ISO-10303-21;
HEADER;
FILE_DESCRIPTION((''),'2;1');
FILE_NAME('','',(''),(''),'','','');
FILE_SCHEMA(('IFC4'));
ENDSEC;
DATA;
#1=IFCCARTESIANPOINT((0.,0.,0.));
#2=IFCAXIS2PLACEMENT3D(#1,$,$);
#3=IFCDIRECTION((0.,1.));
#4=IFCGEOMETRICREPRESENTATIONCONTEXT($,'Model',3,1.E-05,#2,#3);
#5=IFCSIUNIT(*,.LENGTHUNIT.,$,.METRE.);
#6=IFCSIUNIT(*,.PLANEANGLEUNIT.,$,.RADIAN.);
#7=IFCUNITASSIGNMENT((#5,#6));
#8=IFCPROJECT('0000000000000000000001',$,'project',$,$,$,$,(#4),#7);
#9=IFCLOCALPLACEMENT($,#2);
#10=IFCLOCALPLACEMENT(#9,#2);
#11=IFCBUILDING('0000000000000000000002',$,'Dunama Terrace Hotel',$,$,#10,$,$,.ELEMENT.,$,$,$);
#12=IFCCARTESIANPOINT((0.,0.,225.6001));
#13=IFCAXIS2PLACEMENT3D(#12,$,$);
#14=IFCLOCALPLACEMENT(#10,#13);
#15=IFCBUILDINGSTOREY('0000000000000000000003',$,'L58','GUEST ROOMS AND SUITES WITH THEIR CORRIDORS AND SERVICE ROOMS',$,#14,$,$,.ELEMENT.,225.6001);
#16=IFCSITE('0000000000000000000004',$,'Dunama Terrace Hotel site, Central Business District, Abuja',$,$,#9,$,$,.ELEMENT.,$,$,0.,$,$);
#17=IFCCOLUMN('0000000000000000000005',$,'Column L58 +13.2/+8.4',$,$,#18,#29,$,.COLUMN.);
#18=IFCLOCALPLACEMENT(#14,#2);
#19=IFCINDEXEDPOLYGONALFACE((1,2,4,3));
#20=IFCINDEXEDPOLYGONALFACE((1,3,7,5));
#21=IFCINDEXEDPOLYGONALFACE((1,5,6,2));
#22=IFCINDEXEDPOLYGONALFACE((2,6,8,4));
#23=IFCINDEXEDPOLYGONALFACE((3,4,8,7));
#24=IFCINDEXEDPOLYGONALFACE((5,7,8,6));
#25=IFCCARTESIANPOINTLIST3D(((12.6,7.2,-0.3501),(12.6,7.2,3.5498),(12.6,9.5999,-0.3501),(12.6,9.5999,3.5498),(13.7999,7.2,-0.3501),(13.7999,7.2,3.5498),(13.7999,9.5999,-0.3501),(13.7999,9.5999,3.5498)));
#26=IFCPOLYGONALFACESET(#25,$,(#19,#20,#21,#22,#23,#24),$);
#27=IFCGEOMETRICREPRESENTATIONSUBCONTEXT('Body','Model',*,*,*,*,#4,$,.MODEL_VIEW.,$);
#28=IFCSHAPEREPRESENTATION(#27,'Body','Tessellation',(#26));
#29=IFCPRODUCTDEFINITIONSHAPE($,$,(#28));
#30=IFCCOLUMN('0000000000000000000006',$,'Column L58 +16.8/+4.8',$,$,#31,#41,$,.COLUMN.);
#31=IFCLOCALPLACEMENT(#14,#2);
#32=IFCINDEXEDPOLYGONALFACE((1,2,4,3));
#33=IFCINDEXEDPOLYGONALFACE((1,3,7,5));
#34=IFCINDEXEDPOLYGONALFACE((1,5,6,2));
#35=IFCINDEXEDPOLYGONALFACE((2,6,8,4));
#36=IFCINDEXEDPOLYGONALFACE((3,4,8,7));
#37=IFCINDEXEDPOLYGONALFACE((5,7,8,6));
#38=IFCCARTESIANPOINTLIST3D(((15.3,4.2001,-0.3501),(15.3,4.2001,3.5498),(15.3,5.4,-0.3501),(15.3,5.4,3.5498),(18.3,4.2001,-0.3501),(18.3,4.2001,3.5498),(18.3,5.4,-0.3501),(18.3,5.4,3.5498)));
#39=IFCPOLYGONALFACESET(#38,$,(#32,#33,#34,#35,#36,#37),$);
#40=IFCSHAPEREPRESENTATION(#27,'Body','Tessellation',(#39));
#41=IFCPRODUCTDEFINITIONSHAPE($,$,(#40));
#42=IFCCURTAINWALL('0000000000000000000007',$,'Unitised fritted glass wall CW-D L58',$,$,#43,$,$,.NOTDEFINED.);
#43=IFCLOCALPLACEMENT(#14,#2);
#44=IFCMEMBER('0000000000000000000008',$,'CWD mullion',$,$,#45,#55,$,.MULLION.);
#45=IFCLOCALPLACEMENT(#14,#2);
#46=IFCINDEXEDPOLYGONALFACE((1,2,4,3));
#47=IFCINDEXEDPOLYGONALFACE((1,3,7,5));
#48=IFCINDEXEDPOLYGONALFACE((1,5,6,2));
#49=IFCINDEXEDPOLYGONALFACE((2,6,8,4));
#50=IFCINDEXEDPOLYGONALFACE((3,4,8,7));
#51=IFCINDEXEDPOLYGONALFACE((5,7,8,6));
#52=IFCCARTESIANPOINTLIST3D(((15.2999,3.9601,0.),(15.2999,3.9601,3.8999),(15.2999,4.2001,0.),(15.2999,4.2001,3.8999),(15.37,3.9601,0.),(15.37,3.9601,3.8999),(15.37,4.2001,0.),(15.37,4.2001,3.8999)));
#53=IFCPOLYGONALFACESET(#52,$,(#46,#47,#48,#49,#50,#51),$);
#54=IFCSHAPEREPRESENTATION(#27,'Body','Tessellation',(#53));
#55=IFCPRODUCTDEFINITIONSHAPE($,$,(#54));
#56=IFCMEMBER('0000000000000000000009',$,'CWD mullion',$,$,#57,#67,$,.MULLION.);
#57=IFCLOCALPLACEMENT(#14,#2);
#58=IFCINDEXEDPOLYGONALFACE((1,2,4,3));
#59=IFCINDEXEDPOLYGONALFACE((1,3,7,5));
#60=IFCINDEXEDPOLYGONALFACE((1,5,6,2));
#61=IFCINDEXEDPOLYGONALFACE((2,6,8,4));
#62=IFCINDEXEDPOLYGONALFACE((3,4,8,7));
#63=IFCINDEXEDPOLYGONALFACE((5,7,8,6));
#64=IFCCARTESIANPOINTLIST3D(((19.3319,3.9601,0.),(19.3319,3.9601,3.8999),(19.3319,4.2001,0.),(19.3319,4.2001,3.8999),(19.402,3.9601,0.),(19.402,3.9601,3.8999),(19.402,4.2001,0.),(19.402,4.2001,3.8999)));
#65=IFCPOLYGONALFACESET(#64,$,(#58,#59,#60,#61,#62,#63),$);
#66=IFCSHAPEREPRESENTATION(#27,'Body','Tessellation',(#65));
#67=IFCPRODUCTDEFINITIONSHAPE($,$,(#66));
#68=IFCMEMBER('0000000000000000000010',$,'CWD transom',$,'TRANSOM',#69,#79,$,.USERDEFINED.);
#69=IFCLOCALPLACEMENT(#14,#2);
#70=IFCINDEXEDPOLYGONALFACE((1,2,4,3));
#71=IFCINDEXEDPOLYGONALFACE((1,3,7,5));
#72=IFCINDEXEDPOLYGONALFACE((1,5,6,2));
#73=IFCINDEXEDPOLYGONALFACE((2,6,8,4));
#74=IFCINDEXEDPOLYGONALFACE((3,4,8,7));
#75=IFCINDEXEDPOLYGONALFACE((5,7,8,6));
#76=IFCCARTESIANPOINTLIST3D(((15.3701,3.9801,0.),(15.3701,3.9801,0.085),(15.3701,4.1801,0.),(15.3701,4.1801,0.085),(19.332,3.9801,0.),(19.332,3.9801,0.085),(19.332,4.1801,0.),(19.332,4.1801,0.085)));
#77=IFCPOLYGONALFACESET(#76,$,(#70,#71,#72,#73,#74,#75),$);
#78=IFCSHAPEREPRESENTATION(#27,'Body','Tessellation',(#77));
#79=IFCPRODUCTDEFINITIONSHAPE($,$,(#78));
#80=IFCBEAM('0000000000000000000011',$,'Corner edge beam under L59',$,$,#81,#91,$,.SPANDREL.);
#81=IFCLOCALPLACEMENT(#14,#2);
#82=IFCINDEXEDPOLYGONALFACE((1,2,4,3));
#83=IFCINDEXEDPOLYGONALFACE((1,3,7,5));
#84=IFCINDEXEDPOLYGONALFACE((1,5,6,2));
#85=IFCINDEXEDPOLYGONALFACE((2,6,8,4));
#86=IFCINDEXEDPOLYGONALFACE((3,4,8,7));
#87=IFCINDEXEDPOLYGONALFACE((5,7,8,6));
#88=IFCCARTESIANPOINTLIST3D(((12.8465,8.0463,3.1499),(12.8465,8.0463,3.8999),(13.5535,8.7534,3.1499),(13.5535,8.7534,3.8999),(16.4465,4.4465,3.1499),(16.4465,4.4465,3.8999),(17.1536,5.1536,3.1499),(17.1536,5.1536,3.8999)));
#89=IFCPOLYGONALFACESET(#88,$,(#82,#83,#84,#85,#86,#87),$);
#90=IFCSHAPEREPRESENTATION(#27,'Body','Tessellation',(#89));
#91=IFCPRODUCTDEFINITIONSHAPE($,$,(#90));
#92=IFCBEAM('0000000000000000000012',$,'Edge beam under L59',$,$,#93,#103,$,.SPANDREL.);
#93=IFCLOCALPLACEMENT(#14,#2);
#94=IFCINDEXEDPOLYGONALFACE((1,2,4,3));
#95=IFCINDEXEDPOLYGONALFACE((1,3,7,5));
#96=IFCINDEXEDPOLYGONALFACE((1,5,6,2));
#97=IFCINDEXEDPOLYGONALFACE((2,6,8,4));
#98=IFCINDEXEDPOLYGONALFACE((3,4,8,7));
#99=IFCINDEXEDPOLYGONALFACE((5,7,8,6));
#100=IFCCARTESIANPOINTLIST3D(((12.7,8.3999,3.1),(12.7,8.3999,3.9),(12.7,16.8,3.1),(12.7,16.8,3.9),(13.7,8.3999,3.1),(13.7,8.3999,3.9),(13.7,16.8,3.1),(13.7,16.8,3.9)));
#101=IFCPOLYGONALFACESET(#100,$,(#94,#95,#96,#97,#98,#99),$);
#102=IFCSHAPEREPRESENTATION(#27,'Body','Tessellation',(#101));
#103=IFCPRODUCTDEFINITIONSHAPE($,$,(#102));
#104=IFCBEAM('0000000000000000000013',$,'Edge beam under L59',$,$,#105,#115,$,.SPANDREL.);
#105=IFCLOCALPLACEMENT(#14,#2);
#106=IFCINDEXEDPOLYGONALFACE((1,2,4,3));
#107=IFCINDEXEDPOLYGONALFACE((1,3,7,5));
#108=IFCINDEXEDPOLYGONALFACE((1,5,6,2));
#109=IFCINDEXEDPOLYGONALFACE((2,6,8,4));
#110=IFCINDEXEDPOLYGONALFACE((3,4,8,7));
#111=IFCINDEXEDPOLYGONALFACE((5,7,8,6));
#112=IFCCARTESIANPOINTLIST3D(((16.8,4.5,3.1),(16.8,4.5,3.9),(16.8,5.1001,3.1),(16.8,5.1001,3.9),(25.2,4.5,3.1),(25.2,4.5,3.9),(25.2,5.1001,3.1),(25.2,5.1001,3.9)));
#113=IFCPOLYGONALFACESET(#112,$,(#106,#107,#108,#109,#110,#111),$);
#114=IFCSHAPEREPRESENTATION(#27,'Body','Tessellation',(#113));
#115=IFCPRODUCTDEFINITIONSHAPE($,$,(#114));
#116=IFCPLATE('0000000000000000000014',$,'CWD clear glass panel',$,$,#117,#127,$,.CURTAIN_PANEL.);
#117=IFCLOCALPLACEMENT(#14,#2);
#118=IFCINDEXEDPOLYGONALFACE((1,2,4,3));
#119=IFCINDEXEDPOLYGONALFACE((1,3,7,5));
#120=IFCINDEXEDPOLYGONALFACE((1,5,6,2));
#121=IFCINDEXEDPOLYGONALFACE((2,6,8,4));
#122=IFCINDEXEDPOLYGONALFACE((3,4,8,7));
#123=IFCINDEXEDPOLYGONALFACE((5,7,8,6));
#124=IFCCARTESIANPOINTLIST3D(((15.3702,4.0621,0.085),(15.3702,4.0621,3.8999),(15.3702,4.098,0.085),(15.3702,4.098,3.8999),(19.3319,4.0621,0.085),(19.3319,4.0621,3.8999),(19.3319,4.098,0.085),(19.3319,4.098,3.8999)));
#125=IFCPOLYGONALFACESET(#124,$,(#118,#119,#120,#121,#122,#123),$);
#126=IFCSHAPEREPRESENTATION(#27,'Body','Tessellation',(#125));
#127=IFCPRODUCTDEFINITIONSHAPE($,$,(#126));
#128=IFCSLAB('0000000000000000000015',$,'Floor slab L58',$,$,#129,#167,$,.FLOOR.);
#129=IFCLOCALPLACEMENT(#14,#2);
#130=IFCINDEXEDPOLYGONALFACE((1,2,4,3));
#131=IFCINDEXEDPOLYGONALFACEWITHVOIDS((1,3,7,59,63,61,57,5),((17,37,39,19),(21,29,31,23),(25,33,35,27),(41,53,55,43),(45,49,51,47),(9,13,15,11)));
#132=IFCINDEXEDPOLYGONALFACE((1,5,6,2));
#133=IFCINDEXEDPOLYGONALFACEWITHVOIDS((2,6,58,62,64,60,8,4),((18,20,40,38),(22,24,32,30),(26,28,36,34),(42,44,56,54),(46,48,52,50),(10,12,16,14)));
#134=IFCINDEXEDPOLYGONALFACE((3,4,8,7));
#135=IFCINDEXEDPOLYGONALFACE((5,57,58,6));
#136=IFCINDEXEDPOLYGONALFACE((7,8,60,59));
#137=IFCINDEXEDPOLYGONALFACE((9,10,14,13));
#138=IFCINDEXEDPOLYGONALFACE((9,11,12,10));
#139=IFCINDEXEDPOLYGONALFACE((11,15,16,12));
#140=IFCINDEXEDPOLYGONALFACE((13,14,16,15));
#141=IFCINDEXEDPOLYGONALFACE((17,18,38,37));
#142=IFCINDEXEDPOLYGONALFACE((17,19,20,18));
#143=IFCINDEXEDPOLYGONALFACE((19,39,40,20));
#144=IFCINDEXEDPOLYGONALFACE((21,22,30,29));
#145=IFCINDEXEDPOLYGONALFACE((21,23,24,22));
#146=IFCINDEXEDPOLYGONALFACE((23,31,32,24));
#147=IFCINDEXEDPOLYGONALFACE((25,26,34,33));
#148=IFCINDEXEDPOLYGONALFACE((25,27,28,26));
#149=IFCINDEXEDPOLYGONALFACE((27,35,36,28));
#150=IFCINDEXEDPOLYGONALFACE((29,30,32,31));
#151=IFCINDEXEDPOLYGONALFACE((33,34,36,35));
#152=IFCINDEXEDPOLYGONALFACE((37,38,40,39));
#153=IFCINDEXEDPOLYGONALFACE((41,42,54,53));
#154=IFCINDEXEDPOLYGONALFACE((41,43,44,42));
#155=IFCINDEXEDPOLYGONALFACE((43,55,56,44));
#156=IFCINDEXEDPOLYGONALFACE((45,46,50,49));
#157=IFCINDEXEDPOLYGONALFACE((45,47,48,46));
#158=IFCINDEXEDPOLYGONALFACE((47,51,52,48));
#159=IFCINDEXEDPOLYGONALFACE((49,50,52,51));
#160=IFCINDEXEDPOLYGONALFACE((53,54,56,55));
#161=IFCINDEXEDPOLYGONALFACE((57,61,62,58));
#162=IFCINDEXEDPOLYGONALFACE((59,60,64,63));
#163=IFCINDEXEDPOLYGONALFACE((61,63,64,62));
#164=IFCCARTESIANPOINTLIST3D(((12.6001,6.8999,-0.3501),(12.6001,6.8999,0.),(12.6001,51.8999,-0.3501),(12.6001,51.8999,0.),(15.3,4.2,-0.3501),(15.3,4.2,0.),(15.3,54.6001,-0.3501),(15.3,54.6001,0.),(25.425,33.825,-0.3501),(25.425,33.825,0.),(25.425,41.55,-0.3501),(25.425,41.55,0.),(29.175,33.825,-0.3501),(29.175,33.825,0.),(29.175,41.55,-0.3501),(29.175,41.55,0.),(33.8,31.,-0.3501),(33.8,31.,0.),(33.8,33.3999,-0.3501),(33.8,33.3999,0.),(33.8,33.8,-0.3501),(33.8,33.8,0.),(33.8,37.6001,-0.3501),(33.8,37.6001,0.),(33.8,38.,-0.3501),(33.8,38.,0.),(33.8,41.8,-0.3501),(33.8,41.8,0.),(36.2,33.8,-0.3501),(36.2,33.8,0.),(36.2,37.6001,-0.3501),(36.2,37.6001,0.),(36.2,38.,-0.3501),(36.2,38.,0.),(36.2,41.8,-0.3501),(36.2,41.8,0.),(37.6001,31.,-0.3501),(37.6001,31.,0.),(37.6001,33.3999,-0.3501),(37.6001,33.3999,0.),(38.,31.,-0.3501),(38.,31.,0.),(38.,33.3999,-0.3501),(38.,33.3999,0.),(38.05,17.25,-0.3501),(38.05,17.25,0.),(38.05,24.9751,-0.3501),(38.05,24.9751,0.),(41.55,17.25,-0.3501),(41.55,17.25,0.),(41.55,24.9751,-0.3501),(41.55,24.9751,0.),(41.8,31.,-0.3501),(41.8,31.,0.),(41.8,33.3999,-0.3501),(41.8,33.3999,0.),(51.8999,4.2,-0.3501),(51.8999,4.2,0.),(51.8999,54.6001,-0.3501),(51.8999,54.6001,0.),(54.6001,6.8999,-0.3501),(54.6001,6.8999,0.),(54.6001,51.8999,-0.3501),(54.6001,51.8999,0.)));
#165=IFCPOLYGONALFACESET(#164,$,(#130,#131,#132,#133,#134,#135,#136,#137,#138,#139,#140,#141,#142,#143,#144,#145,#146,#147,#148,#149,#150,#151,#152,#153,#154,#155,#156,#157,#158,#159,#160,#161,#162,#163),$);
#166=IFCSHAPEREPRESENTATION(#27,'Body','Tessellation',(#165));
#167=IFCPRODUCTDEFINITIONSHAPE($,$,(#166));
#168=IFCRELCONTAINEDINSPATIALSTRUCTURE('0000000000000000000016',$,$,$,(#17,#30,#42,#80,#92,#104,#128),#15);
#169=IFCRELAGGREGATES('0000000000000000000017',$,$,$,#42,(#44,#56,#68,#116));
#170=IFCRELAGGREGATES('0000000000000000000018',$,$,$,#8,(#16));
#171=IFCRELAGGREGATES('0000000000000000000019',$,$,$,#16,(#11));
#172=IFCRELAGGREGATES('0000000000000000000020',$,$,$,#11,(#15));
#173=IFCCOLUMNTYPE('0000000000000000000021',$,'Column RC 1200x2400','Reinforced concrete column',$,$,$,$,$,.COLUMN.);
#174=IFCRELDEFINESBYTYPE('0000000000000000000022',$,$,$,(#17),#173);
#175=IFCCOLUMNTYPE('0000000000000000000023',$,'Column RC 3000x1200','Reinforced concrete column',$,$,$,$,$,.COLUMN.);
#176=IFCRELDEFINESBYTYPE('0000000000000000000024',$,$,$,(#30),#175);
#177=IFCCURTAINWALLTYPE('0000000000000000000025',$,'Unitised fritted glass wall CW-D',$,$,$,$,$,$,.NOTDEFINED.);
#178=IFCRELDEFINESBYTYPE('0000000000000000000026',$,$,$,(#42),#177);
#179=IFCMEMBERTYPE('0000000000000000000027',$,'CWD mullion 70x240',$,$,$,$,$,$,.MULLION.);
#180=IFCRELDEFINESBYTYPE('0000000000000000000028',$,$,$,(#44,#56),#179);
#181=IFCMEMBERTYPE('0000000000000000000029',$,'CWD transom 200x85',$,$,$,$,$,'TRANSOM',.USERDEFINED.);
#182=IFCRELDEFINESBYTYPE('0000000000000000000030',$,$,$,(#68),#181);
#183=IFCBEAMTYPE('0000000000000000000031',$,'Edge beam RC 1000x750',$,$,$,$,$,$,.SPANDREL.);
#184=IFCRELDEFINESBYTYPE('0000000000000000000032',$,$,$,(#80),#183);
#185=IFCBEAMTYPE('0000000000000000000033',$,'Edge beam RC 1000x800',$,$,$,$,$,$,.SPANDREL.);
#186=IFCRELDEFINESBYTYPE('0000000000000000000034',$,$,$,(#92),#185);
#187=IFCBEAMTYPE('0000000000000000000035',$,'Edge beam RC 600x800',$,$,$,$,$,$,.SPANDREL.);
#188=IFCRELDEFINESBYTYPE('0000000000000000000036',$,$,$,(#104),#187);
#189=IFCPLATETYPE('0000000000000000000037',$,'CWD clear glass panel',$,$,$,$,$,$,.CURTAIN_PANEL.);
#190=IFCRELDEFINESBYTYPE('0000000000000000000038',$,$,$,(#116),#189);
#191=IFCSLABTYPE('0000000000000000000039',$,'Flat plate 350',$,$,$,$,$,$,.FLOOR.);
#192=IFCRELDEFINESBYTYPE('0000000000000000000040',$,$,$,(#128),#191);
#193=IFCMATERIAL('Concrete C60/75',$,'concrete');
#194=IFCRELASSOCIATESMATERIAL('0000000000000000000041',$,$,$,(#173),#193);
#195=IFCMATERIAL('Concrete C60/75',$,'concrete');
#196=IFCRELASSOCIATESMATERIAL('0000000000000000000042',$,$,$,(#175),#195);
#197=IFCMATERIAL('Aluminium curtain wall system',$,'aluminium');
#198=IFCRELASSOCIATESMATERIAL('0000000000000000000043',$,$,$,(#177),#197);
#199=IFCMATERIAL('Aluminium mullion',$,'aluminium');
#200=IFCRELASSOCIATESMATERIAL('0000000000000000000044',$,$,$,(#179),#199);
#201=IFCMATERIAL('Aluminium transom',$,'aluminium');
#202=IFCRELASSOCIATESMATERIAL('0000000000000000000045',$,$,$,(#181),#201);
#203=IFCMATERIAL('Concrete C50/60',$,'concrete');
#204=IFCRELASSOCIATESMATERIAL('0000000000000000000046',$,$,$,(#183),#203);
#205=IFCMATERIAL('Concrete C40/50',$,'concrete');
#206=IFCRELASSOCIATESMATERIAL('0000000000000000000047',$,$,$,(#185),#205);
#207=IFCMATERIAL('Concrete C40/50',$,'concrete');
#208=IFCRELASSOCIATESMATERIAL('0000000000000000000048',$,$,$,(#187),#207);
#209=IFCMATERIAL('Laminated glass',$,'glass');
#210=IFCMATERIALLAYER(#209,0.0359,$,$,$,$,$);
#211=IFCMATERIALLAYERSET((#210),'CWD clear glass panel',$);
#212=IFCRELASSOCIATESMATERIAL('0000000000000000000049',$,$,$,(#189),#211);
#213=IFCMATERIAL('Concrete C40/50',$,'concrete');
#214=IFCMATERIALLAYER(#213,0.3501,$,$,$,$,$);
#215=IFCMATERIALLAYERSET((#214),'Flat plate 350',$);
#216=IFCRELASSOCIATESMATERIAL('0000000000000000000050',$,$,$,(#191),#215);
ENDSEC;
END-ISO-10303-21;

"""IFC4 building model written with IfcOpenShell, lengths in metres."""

from ifc_helpers import new_model, si_unit, direction, frame, origin, origin_2d, place, context, subcontext, project, spatial, polyline, rectangle, outline, extrude, material, layer, layer_set, material_profile, profile_set, type_object, element, aggregate, save


model = new_model("IFC4")

# Units and contexts
model_context = context("Model", 3, precision=1e-05, world=origin(), true_north=direction((0.0, 1.0)))
body_context = subcontext(model_context, "Body", "Model", "MODEL_VIEW")
ifc_project = project(units=[si_unit("LENGTHUNIT", "METRE"), si_unit("PLANEANGLEUNIT", "RADIAN")], contexts=[model_context])

# Site, building, storey
site_placement = place(None, origin())
site = spatial("IfcSite", under=ifc_project, at=site_placement, Name="Dunama Terrace Hotel site, Central Business District, Abuja", CompositionType="ELEMENT", RefElevation=0.0)
building_placement = place(site_placement, origin())
building = spatial("IfcBuilding", under=site, at=building_placement, Name="Dunama Terrace Hotel", CompositionType="ELEMENT")
storey_placement = place(building_placement, frame((0.0, 0.0, 225.6001)))
storey = spatial("IfcBuildingStorey", under=building, at=storey_placement, Name="L58", Description="GUEST ROOMS AND SUITES WITH THEIR CORRIDORS AND SERVICE ROOMS", CompositionType="ELEMENT", Elevation=225.6001)

# Columns
ifc_material_1 = material(Name="Concrete C60/75", Category="concrete")
ifc_material_profile_1 = material_profile(ifc_material_1, rectangle(XDim=1.2, YDim=2.3999, at=origin_2d()), Name="RC 1200x2400")
ifc_profile_set_1 = profile_set([ifc_material_profile_1], Name="Concrete C60/75")
column_type_1 = type_object("IfcColumnType", Name="Column RC 1200x2400", Description="Reinforced concrete column", PredefinedType="COLUMN", material=ifc_profile_set_1)
column_1_placement = place(storey_placement, frame((13.2, 8.3999, -0.3501), z_axis=(0.0, 0.0, 1.0), x_axis=(1.0, 0.0, 0.0)))
element("IfcColumn", 1, at=column_1_placement, inside=storey, type_object=column_type_1, Name="Column L58 +13.2/+8.4", PredefinedType="COLUMN", context=body_context, shape_type="SweptSolid", body=[
    extrude(rectangle(XDim=1.2, YDim=2.3999, at=origin_2d()), origin(), (0.0, 0.0, 1.0), 3.8999),
])
ifc_material_2 = material(Name="Concrete C60/75", Category="concrete")
ifc_material_profile_2 = material_profile(ifc_material_2, rectangle(XDim=3.0, YDim=1.2, at=origin_2d()), Name="RC 3000x1200")
ifc_profile_set_2 = profile_set([ifc_material_profile_2], Name="Concrete C60/75")
column_type_2 = type_object("IfcColumnType", Name="Column RC 3000x1200", Description="Reinforced concrete column", PredefinedType="COLUMN", material=ifc_profile_set_2)
column_2_placement = place(storey_placement, frame((16.8, 4.8, -0.3501), z_axis=(0.0, 0.0, 1.0), x_axis=(1.0, 0.0, 0.0)))
element("IfcColumn", 2, at=column_2_placement, inside=storey, type_object=column_type_2, Name="Column L58 +16.8/+4.8", PredefinedType="COLUMN", context=body_context, shape_type="SweptSolid", body=[
    extrude(rectangle(XDim=3.0, YDim=1.2, at=origin_2d()), origin(), (0.0, 0.0, 1.0), 3.8999),
])

# Curtain wall, members
ifc_material_3 = material(Name="Aluminium curtain wall system", Category="aluminium")
curtain_wall_type = type_object("IfcCurtainWallType", Name="Unitised fritted glass wall CW-D", PredefinedType="NOTDEFINED", material=ifc_material_3)
curtain_wall_placement = place(storey_placement, origin())
curtain_wall = element("IfcCurtainWall", 3, at=curtain_wall_placement, inside=storey, type_object=curtain_wall_type, Name="Unitised fritted glass wall CW-D L58", PredefinedType="NOTDEFINED")
ifc_material_4 = material(Name="Aluminium mullion", Category="aluminium")
ifc_material_profile_3 = material_profile(ifc_material_4, rectangle(XDim=0.0701, YDim=0.24, at=origin_2d()), Name="CWD MULLION 70X240")
ifc_profile_set_3 = profile_set([ifc_material_profile_3], Name="Aluminium mullion")
member_type_1 = type_object("IfcMemberType", Name="CWD mullion 70x240", PredefinedType="MULLION", material=ifc_profile_set_3)
member_1_placement = place(storey_placement, frame((15.335, 4.0801, 0.0), z_axis=(0.0, 0.0, 1.0), x_axis=(1.0, 0.0, 0.0)))
member_1 = element("IfcMember", 4, at=member_1_placement, type_object=member_type_1, Name="CWD mullion", PredefinedType="MULLION", context=body_context, shape_type="SweptSolid", body=[
    extrude(rectangle(XDim=0.0701, YDim=0.24, at=origin_2d()), origin(), (0.0, 0.0, 1.0), 3.8999),
])
member_2_placement = place(storey_placement, frame((19.3669, 4.0801, 0.0), z_axis=(0.0, 0.0, 1.0), x_axis=(1.0, 0.0, 0.0)))
member_2 = element("IfcMember", 5, at=member_2_placement, type_object=member_type_1, Name="CWD mullion", PredefinedType="MULLION", context=body_context, shape_type="SweptSolid", body=[
    extrude(rectangle(XDim=0.0701, YDim=0.24, at=origin_2d()), origin(), (0.0, 0.0, 1.0), 3.8999),
])
ifc_material_5 = material(Name="Aluminium transom", Category="aluminium")
ifc_material_profile_4 = material_profile(ifc_material_5, rectangle(XDim=0.2, YDim=0.085, at=origin_2d()), Name="CWD TRANSOM 200X85")
ifc_profile_set_4 = profile_set([ifc_material_profile_4], Name="Aluminium transom")
member_type_2 = type_object("IfcMemberType", Name="CWD transom 200x85", ElementType="TRANSOM", PredefinedType="USERDEFINED", material=ifc_profile_set_4)
member_3_placement = place(storey_placement, frame((15.3701, 4.0801, 0.0425), z_axis=(1.0, 0.0, 0.0), x_axis=(0.0, 1.0, 0.0)))
member_3 = element("IfcMember", 6, at=member_3_placement, type_object=member_type_2, Name="CWD transom", ObjectType="TRANSOM", PredefinedType="USERDEFINED", context=body_context, shape_type="SweptSolid", body=[
    extrude(rectangle(XDim=0.2, YDim=0.085, at=origin_2d()), origin(), (0.0, 0.0, 1.0), 3.9619),
])

# Beams
ifc_material_6 = material(Name="Concrete C50/60", Category="concrete")
ifc_material_profile_5 = material_profile(ifc_material_6, rectangle(XDim=1.0, YDim=0.75, at=origin_2d()), Name="RC 1000x750")
ifc_profile_set_5 = profile_set([ifc_material_profile_5], Name="Concrete C50/60")
beam_type_1 = type_object("IfcBeamType", Name="Edge beam RC 1000x750", PredefinedType="SPANDREL", material=ifc_profile_set_5)
beam_1_placement = place(storey_placement, frame((16.8, 4.8, 3.5249), z_axis=(-0.707131, 0.707083, 0.0), x_axis=(-0.707083, -0.707131, 0.0)))
element("IfcBeam", 7, at=beam_1_placement, inside=storey, type_object=beam_type_1, Name="Corner edge beam under L59", PredefinedType="SPANDREL", context=body_context, shape_type="SweptSolid", body=[
    extrude(rectangle(XDim=1.0, YDim=0.75, at=origin_2d()), origin(), (0.0, 0.0, 1.0), 5.0911),
])
ifc_material_7 = material(Name="Concrete C40/50", Category="concrete")
ifc_material_profile_6 = material_profile(ifc_material_7, rectangle(XDim=1.0, YDim=0.8, at=origin_2d()), Name="RC 1000x800")
ifc_profile_set_6 = profile_set([ifc_material_profile_6], Name="Concrete C40/50")
beam_type_2 = type_object("IfcBeamType", Name="Edge beam RC 1000x800", PredefinedType="SPANDREL", material=ifc_profile_set_6)
beam_2_placement = place(storey_placement, frame((13.2, 8.3999, 3.5), z_axis=(0.0, 1.0, 0.0), x_axis=(-1.0, 0.0, 0.0)))
element("IfcBeam", 8, at=beam_2_placement, inside=storey, type_object=beam_type_2, Name="Edge beam under L59", PredefinedType="SPANDREL", context=body_context, shape_type="SweptSolid", body=[
    extrude(rectangle(XDim=1.0, YDim=0.8, at=origin_2d()), origin(), (0.0, 0.0, 1.0), 8.4001),
])
ifc_material_8 = material(Name="Concrete C40/50", Category="concrete")
ifc_material_profile_7 = material_profile(ifc_material_8, rectangle(XDim=0.6001, YDim=0.8, at=origin_2d()), Name="RC 600x800")
ifc_profile_set_7 = profile_set([ifc_material_profile_7], Name="Concrete C40/50")
beam_type_3 = type_object("IfcBeamType", Name="Edge beam RC 600x800", PredefinedType="SPANDREL", material=ifc_profile_set_7)
beam_3_placement = place(storey_placement, frame((16.8, 4.8, 3.5), z_axis=(1.0, 0.0, 0.0), x_axis=(0.0, 1.0, 0.0)))
element("IfcBeam", 9, at=beam_3_placement, inside=storey, type_object=beam_type_3, Name="Edge beam under L59", PredefinedType="SPANDREL", context=body_context, shape_type="SweptSolid", body=[
    extrude(rectangle(XDim=0.6001, YDim=0.8, at=origin_2d()), origin(), (0.0, 0.0, 1.0), 8.3999),
])

# Plate
ifc_material_9 = material(Name="Laminated glass", Category="glass")
ifc_layer_1 = layer(ifc_material_9, 0.0359)
ifc_layer_set_1 = layer_set([ifc_layer_1], Name="CWD clear glass panel")
plate_type = type_object("IfcPlateType", Name="CWD clear glass panel", PredefinedType="CURTAIN_PANEL", material=ifc_layer_set_1)
plate_placement = place(storey_placement, frame((17.3511, 4.0801, 0.085), z_axis=(0.0, 0.0, 1.0), x_axis=(1.0, 0.0, 0.0)))
plate = element("IfcPlate", 10, at=plate_placement, type_object=plate_type, Name="CWD clear glass panel", PredefinedType="CURTAIN_PANEL", context=body_context, shape_type="SweptSolid", body=[
    extrude(rectangle(XDim=3.9617, YDim=0.0359, at=origin_2d()), origin(), (0.0, 0.0, 1.0), 3.8149),
])
aggregate(curtain_wall, [member_1, member_2, member_3, plate])

# Slab
ifc_material_10 = material(Name="Concrete C40/50", Category="concrete")
ifc_layer_2 = layer(ifc_material_10, 0.3501)
ifc_layer_set_2 = layer_set([ifc_layer_2], Name="Flat plate 350")
slab_type_1 = type_object("IfcSlabType", Name="Flat plate 350", PredefinedType="FLOOR", material=ifc_layer_set_2)
slab_1_placement = place(storey_placement, frame((0.0, 0.0, -0.3501)))
element("IfcSlab", 11, at=slab_1_placement, inside=storey, type_object=slab_type_1, Name="Floor slab L58", PredefinedType="FLOOR", context=body_context, shape_type="SweptSolid", body=[
    extrude(outline(polyline([(15.3, 4.2), (51.8999, 4.2), (54.6001, 6.8999), (54.6001, 51.8999), (51.8999, 54.6001), (15.3, 54.6001), (12.6001, 51.8999), (12.6001, 6.8999), (15.3, 4.2)]), holes=[polyline([(37.6001, 31.0), (37.6001, 33.3999), (33.8, 33.3999), (33.8, 31.0), (37.6001, 31.0)]), polyline([(41.8, 31.0), (41.8, 33.3999), (38.0, 33.3999), (38.0, 31.0), (41.8, 31.0)]), polyline([(36.2, 38.0), (36.2, 41.8), (33.8, 41.8), (33.8, 38.0), (36.2, 38.0)]), polyline([(36.2, 33.8), (36.2, 37.6001), (33.8, 37.6001), (33.8, 33.8), (36.2, 33.8)]), polyline([(29.175, 33.825), (29.175, 41.55), (25.425, 41.55), (25.425, 33.825), (29.175, 33.825)]), polyline([(41.55, 17.25), (41.55, 24.9751), (38.05, 24.9751), (38.05, 17.25), (41.55, 17.25)])]), origin(), (0.0, 0.0, 1.0), 0.3501),
])

save(model, "model.ifc")
